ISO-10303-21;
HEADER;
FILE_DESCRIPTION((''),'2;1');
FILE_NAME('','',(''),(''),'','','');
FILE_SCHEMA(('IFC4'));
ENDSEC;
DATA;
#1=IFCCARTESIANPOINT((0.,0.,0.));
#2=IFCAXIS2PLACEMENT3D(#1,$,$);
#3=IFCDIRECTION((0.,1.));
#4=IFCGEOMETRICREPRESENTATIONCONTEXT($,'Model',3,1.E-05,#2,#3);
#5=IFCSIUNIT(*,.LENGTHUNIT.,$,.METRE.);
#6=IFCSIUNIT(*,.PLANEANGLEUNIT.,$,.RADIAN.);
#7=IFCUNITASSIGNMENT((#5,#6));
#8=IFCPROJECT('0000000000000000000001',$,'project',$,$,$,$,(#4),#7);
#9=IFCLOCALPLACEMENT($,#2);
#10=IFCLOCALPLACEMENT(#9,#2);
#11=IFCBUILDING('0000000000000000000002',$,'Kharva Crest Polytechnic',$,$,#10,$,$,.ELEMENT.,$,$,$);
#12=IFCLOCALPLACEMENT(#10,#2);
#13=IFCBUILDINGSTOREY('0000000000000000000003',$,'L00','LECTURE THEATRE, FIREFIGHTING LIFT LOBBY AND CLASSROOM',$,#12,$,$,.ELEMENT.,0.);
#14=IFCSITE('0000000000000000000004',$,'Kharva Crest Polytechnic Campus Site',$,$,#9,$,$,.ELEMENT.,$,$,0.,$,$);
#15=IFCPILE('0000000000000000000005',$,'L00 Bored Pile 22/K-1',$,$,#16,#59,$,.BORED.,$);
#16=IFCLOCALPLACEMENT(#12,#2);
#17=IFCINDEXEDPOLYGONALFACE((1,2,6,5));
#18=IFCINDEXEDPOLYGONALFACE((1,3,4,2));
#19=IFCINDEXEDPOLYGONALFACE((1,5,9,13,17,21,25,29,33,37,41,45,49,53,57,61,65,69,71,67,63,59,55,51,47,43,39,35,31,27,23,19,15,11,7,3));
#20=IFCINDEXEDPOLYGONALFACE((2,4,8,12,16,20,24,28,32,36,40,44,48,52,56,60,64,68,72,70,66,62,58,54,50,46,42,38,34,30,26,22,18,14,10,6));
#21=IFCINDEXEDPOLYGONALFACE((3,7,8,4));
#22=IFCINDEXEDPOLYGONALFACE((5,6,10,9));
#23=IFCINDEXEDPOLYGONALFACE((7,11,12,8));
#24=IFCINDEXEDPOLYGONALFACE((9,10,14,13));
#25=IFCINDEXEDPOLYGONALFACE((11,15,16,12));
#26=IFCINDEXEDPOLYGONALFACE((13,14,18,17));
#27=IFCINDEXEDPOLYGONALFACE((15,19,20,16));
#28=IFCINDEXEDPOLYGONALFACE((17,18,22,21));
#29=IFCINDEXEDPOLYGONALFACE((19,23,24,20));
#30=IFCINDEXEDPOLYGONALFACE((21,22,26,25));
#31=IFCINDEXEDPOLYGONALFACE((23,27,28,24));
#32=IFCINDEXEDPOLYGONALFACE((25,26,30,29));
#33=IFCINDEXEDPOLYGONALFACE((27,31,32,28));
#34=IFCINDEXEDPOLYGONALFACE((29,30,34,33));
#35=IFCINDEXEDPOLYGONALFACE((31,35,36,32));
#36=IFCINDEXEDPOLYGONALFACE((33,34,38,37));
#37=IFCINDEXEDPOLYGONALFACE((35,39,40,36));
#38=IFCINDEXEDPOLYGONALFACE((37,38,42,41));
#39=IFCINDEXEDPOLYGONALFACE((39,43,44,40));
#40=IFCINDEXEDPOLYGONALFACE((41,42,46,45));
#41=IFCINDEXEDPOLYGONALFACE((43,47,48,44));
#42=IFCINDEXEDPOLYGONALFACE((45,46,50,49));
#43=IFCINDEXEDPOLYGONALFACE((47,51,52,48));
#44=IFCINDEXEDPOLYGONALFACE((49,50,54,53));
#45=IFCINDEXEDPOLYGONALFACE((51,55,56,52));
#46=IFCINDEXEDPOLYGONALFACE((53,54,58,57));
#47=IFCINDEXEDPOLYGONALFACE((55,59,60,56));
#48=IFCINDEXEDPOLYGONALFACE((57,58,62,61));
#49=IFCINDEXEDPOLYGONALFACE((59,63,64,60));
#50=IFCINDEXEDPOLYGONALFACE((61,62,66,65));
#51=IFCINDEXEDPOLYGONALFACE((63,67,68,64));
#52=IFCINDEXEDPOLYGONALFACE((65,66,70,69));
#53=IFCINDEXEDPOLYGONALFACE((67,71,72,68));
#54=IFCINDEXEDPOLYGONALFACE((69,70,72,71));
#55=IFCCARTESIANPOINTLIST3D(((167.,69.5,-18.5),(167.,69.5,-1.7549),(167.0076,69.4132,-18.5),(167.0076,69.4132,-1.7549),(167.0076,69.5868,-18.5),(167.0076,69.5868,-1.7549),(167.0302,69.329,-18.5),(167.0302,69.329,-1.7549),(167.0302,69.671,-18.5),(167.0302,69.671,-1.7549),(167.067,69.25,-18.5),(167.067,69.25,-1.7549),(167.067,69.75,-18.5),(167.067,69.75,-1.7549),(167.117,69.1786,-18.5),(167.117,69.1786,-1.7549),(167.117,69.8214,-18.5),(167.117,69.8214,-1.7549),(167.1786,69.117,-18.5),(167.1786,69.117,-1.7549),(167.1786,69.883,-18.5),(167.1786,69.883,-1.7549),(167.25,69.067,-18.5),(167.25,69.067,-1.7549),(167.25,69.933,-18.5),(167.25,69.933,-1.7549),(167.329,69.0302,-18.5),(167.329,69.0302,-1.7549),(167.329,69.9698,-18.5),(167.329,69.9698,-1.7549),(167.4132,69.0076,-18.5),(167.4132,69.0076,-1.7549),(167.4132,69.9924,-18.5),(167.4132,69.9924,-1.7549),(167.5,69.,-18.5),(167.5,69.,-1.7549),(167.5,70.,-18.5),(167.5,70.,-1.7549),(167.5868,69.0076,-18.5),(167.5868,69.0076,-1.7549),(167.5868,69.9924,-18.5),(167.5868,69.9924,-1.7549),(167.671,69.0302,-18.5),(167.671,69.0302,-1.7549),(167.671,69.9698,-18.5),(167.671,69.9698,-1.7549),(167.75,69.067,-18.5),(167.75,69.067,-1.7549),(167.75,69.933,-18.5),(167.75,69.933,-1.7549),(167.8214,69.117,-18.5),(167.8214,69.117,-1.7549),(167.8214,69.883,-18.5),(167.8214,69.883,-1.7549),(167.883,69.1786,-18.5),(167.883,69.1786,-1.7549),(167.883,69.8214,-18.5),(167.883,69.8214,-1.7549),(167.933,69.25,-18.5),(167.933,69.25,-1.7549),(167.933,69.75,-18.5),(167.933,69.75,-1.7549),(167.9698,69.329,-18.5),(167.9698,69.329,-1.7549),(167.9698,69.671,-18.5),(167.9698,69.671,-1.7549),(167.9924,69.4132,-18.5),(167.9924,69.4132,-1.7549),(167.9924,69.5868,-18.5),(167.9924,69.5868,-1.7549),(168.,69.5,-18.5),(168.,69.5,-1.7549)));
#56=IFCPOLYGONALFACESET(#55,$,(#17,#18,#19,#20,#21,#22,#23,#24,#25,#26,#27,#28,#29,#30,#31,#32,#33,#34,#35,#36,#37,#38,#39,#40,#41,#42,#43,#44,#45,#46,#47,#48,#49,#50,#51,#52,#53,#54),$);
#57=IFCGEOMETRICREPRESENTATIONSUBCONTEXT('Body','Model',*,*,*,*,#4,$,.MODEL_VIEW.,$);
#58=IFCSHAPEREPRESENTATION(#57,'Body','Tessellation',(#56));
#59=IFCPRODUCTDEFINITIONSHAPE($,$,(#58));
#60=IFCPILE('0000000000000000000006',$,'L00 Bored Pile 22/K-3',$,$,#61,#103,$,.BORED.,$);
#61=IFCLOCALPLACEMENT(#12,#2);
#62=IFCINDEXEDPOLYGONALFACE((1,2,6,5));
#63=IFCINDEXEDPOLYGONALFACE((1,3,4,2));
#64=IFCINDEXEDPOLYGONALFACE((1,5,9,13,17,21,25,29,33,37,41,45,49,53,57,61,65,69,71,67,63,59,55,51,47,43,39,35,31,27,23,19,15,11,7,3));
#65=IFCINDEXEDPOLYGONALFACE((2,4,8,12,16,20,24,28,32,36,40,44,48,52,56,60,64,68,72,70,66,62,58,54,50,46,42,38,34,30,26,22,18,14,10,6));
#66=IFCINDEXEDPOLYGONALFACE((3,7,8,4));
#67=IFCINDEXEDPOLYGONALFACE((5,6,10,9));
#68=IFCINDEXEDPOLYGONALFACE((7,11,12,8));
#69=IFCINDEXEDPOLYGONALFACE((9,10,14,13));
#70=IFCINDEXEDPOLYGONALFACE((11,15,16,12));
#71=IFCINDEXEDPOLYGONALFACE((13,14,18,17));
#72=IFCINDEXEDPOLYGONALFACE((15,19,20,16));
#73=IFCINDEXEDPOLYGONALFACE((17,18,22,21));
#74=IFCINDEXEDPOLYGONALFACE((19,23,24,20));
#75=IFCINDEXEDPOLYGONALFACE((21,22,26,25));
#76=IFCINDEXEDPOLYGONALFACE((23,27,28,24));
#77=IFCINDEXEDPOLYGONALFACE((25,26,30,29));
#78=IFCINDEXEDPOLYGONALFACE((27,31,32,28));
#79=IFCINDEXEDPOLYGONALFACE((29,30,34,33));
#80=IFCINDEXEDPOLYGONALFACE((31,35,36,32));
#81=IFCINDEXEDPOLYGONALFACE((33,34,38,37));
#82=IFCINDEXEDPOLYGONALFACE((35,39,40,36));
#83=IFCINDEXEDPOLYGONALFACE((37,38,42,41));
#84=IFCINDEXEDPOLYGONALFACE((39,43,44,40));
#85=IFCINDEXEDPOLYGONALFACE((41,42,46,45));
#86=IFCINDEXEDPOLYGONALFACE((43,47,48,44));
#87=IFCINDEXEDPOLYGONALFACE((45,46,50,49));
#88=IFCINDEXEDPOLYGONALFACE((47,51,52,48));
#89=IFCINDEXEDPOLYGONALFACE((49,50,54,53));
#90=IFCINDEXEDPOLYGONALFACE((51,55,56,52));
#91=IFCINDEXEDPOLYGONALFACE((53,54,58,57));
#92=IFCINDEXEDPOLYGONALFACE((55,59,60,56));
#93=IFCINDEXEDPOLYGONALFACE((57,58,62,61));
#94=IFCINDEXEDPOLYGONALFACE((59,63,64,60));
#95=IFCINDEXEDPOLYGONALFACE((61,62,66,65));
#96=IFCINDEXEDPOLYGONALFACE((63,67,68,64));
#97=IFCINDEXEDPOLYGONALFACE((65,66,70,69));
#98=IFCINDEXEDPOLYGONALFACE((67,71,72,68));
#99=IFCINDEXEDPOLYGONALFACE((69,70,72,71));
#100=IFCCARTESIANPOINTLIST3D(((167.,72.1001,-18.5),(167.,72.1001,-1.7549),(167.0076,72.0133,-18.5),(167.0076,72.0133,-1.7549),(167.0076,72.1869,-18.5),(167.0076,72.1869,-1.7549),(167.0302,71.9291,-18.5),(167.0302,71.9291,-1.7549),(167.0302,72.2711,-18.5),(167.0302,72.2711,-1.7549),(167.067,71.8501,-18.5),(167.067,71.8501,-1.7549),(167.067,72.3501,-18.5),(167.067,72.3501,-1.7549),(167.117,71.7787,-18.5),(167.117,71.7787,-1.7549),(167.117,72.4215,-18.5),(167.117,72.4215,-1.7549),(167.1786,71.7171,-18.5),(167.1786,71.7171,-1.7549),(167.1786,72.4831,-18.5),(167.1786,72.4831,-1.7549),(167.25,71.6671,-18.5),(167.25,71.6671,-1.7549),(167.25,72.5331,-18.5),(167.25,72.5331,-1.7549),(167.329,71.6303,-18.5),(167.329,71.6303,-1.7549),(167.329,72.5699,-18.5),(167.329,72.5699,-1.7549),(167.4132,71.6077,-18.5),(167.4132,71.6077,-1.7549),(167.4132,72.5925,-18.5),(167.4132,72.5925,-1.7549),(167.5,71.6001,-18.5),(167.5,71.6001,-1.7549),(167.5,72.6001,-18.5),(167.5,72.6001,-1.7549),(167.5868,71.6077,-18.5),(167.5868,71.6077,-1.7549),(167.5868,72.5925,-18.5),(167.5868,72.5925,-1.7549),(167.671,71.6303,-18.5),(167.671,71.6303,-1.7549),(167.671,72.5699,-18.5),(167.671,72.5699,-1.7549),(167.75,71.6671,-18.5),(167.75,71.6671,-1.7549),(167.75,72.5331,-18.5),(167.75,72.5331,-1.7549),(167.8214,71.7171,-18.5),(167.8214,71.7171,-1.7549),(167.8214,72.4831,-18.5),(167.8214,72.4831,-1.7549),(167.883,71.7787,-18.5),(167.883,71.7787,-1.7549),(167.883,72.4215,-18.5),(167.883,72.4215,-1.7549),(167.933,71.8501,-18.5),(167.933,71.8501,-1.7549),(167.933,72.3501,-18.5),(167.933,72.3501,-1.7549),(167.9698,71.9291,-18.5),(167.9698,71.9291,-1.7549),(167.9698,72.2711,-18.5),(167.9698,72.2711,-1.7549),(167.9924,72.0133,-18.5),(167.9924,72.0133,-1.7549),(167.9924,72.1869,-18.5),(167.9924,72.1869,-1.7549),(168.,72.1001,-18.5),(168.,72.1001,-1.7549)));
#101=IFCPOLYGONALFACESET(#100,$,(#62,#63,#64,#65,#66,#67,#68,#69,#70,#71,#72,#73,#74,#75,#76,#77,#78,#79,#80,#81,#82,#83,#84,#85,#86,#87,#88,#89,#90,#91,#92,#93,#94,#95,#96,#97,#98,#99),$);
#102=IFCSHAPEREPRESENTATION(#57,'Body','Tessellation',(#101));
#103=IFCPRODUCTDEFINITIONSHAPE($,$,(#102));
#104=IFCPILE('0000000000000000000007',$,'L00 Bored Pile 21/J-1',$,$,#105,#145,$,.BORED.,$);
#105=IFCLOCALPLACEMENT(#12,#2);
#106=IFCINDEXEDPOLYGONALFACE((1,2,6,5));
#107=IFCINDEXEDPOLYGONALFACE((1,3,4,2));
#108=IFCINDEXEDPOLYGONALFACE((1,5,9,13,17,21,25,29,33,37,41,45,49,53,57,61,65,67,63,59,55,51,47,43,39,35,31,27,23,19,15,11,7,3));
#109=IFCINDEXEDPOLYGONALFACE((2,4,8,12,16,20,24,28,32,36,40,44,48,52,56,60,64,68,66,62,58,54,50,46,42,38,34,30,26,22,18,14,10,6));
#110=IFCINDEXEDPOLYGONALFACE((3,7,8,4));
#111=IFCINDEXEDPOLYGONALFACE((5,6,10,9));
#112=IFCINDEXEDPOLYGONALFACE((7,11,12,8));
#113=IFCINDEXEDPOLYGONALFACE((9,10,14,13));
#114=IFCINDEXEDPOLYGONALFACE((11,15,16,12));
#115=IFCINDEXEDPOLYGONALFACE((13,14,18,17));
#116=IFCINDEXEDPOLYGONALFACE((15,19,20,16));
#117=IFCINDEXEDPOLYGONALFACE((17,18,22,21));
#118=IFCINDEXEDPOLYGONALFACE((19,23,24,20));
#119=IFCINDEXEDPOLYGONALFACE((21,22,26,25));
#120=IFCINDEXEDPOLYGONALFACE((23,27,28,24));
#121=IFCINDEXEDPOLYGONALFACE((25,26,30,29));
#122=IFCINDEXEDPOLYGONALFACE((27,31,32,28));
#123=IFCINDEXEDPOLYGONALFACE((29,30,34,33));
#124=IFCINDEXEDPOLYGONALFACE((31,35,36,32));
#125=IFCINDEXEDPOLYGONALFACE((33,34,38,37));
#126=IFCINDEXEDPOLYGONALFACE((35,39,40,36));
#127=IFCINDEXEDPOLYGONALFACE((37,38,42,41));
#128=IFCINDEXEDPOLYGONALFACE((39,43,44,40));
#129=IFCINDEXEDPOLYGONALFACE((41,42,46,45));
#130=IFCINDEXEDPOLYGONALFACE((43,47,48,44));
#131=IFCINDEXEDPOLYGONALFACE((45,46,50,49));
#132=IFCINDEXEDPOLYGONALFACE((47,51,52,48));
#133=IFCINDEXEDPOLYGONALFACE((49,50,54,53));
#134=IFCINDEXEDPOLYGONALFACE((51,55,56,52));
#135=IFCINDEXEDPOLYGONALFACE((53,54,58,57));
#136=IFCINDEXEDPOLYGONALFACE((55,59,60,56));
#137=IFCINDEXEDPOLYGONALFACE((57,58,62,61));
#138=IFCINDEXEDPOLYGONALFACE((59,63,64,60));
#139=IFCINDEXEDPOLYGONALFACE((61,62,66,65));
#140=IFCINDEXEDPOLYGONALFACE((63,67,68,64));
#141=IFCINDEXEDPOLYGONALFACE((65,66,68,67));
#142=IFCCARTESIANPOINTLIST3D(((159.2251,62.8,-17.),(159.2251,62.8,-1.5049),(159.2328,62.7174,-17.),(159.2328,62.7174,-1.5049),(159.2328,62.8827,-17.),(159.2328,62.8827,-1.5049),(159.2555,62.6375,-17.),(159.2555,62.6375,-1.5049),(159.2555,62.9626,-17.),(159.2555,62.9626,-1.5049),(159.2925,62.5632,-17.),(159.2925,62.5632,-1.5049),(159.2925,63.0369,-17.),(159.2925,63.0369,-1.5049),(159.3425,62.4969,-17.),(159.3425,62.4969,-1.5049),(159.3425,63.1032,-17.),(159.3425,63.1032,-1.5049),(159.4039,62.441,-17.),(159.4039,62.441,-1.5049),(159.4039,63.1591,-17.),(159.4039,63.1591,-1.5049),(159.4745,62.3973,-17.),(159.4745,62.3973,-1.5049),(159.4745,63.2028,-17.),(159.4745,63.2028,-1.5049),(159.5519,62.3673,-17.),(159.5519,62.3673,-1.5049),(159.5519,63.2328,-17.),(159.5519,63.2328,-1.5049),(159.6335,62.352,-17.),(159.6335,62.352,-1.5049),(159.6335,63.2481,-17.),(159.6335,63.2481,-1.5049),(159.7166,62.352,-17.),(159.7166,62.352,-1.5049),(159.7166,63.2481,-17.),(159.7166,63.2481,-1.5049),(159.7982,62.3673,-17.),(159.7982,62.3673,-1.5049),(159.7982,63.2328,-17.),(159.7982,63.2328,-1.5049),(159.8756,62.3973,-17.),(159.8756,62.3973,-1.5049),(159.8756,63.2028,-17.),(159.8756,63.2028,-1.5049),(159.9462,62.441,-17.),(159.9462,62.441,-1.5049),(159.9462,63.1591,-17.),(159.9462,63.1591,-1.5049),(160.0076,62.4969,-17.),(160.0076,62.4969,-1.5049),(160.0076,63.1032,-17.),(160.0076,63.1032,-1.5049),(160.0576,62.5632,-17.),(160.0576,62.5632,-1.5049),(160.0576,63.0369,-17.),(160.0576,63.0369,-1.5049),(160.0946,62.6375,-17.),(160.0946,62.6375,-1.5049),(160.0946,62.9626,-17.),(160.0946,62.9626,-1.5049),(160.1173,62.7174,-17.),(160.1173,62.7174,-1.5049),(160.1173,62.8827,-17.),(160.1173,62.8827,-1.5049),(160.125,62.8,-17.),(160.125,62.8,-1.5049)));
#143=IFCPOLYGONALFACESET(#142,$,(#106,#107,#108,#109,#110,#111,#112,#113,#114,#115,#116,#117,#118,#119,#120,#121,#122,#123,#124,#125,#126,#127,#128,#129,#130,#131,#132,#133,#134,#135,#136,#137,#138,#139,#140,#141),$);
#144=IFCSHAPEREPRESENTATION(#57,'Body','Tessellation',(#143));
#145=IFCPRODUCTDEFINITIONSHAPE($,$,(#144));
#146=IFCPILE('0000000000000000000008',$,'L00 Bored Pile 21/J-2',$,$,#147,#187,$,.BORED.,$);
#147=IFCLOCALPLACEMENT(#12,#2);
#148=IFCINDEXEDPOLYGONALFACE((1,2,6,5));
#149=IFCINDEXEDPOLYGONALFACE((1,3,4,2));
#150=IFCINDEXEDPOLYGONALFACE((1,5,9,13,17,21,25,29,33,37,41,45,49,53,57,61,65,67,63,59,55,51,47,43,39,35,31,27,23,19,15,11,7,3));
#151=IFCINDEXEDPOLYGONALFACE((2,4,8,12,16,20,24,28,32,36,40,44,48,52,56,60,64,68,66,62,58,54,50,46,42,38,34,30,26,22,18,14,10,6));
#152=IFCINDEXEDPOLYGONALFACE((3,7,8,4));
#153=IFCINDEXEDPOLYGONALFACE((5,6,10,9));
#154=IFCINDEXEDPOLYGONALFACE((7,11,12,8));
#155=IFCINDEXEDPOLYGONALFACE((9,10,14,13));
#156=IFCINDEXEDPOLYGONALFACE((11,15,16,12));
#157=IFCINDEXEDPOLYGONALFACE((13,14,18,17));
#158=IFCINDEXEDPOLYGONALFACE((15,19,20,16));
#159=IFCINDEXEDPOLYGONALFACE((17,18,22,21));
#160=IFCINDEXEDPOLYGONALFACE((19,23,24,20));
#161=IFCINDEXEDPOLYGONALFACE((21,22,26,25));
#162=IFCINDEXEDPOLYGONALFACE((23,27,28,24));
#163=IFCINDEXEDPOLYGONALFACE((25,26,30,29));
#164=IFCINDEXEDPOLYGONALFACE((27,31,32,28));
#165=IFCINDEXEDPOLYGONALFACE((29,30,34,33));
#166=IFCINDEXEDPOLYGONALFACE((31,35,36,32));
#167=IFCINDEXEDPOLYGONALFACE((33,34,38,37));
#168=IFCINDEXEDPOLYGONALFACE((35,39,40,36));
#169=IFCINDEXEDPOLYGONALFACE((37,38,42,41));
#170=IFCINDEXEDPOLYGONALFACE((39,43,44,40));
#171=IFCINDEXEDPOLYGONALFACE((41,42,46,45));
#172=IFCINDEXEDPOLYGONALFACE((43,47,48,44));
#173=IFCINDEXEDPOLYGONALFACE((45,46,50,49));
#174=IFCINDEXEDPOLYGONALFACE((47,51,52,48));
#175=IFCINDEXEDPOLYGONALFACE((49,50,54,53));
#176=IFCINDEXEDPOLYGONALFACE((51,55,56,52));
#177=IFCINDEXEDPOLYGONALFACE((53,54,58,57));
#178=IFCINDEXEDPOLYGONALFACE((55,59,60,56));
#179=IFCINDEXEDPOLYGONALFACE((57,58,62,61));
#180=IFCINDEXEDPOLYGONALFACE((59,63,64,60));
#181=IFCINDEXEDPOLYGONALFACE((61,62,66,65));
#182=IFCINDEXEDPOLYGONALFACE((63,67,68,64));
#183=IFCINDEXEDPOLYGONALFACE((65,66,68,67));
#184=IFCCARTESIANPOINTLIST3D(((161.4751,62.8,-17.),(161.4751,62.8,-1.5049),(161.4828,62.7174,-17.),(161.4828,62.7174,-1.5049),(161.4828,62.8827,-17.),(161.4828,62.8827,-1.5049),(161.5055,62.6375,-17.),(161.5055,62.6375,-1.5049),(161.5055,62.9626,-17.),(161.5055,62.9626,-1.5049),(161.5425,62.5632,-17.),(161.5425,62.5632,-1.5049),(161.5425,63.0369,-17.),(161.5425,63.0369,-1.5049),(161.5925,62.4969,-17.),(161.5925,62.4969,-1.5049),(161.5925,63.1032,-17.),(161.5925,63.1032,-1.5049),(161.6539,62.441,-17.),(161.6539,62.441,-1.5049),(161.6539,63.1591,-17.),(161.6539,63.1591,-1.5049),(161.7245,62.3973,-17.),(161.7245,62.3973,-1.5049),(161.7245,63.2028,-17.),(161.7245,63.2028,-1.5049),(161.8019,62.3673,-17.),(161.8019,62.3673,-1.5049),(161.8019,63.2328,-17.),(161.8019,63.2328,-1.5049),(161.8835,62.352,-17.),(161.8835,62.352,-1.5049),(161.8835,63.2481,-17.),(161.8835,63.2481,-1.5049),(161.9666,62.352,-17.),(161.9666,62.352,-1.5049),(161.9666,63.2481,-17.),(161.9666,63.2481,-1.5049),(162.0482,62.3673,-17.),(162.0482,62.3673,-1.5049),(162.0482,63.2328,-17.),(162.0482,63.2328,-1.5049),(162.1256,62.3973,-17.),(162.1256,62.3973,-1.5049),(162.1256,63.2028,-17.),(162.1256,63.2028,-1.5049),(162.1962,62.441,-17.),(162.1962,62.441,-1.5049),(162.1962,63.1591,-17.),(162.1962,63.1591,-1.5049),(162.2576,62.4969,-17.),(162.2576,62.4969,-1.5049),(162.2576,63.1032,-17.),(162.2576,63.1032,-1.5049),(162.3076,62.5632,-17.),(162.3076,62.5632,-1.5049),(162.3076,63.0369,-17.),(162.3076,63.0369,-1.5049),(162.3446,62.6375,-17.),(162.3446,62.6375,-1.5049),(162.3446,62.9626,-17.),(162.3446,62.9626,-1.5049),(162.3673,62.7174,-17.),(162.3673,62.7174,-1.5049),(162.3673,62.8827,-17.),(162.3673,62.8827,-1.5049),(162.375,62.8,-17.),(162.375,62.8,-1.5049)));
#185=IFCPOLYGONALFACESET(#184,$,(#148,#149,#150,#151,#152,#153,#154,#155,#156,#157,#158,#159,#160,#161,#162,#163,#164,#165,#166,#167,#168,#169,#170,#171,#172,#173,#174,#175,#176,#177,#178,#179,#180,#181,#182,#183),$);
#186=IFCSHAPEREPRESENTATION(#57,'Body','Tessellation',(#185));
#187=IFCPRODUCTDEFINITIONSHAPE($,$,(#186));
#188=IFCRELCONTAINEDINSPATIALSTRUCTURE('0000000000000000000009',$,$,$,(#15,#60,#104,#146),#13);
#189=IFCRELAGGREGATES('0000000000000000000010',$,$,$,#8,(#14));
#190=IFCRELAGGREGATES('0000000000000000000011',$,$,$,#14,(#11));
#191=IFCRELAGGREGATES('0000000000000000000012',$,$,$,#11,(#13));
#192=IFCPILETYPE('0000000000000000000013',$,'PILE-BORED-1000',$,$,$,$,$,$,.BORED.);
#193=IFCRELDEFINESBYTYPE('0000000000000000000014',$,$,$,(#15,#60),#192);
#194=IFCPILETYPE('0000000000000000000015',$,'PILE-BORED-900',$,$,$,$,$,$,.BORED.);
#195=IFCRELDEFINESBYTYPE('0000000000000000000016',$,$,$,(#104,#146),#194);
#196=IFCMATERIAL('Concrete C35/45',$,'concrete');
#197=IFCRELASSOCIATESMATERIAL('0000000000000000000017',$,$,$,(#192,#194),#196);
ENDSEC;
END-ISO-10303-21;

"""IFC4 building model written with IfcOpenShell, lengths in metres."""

from ifc_helpers import new_model, si_unit, direction, frame, origin, origin_2d, place, context, subcontext, project, spatial, circle, extrude, material, material_profile, profile_set, type_object, element, save


model = new_model("IFC4")

# Units and contexts
model_context = context("Model", 3, precision=1e-05, world=origin(), true_north=direction((0.0, 1.0)))
body_context = subcontext(model_context, "Body", "Model", "MODEL_VIEW")
ifc_project = project(units=[si_unit("LENGTHUNIT", "METRE"), si_unit("PLANEANGLEUNIT", "RADIAN")], contexts=[model_context])

# Site, building, storey
site_placement = place(None, origin())
site = spatial("IfcSite", under=ifc_project, at=site_placement, Name="Kharva Crest Polytechnic Campus Site", CompositionType="ELEMENT", RefElevation=0.0)
building_placement = place(site_placement, origin())
building = spatial("IfcBuilding", under=site, at=building_placement, Name="Kharva Crest Polytechnic", CompositionType="ELEMENT")
storey_placement = place(building_placement, origin())
storey = spatial("IfcBuildingStorey", under=building, at=storey_placement, Name="L00", Description="LECTURE THEATRE, FIREFIGHTING LIFT LOBBY AND CLASSROOM", CompositionType="ELEMENT", Elevation=0.0)

# Shared definitions
ifc_material_1 = material(Name="Concrete C35/45", Category="concrete")

# Piles
ifc_material_profile_1 = material_profile(ifc_material_1, circle(Radius=0.5, at=origin_2d()), Name="DIA 1000")
ifc_profile_set_1 = profile_set([ifc_material_profile_1], Name="Concrete C35/45")
pile_type_1 = type_object("IfcPileType", Name="PILE-BORED-1000", PredefinedType="BORED", material=ifc_profile_set_1)
for number, where, z_axis, x_axis, name in (
    (1, (167.5, 69.5, -1.7549), (0.0, 0.0, -1.0), (1.0, 0.0, 0.0), "L00 Bored Pile 22/K-1"),
    (2, (167.5, 72.1001, -1.7549), (0.0, 0.0, -1.0), (1.0, 0.0, 0.0), "L00 Bored Pile 22/K-3"),
):
    element("IfcPile", number, at=place(storey_placement, frame(where, z_axis=z_axis, x_axis=x_axis)), inside=storey, type_object=pile_type_1, Name=name, PredefinedType="BORED", context=body_context, shape_type="SweptSolid", body=[
        extrude(circle(Radius=0.5, at=origin_2d()), origin(), (0.0, 0.0, 1.0), 16.7451),
    ])
ifc_material_profile_2 = material_profile(ifc_material_1, circle(Radius=0.45, at=origin_2d()), Name="DIA 900")
ifc_profile_set_2 = profile_set([ifc_material_profile_2], Name="Concrete C35/45")
pile_type_2 = type_object("IfcPileType", Name="PILE-BORED-900", PredefinedType="BORED", material=ifc_profile_set_2)
for number, where, z_axis, x_axis, name in (
    (3, (159.675, 62.8, -1.5049), (0.0, 0.0, -1.0), (1.0, 0.0, 0.0), "L00 Bored Pile 21/J-1"),
    (4, (161.925, 62.8, -1.5049), (0.0, 0.0, -1.0), (1.0, 0.0, 0.0), "L00 Bored Pile 21/J-2"),
):
    element("IfcPile", number, at=place(storey_placement, frame(where, z_axis=z_axis, x_axis=x_axis)), inside=storey, type_object=pile_type_2, Name=name, PredefinedType="BORED", context=body_context, shape_type="SweptSolid", body=[
        extrude(circle(Radius=0.45, at=origin_2d()), origin(), (0.0, 0.0, 1.0), 15.4951),
    ])

save(model, "model.ifc")
